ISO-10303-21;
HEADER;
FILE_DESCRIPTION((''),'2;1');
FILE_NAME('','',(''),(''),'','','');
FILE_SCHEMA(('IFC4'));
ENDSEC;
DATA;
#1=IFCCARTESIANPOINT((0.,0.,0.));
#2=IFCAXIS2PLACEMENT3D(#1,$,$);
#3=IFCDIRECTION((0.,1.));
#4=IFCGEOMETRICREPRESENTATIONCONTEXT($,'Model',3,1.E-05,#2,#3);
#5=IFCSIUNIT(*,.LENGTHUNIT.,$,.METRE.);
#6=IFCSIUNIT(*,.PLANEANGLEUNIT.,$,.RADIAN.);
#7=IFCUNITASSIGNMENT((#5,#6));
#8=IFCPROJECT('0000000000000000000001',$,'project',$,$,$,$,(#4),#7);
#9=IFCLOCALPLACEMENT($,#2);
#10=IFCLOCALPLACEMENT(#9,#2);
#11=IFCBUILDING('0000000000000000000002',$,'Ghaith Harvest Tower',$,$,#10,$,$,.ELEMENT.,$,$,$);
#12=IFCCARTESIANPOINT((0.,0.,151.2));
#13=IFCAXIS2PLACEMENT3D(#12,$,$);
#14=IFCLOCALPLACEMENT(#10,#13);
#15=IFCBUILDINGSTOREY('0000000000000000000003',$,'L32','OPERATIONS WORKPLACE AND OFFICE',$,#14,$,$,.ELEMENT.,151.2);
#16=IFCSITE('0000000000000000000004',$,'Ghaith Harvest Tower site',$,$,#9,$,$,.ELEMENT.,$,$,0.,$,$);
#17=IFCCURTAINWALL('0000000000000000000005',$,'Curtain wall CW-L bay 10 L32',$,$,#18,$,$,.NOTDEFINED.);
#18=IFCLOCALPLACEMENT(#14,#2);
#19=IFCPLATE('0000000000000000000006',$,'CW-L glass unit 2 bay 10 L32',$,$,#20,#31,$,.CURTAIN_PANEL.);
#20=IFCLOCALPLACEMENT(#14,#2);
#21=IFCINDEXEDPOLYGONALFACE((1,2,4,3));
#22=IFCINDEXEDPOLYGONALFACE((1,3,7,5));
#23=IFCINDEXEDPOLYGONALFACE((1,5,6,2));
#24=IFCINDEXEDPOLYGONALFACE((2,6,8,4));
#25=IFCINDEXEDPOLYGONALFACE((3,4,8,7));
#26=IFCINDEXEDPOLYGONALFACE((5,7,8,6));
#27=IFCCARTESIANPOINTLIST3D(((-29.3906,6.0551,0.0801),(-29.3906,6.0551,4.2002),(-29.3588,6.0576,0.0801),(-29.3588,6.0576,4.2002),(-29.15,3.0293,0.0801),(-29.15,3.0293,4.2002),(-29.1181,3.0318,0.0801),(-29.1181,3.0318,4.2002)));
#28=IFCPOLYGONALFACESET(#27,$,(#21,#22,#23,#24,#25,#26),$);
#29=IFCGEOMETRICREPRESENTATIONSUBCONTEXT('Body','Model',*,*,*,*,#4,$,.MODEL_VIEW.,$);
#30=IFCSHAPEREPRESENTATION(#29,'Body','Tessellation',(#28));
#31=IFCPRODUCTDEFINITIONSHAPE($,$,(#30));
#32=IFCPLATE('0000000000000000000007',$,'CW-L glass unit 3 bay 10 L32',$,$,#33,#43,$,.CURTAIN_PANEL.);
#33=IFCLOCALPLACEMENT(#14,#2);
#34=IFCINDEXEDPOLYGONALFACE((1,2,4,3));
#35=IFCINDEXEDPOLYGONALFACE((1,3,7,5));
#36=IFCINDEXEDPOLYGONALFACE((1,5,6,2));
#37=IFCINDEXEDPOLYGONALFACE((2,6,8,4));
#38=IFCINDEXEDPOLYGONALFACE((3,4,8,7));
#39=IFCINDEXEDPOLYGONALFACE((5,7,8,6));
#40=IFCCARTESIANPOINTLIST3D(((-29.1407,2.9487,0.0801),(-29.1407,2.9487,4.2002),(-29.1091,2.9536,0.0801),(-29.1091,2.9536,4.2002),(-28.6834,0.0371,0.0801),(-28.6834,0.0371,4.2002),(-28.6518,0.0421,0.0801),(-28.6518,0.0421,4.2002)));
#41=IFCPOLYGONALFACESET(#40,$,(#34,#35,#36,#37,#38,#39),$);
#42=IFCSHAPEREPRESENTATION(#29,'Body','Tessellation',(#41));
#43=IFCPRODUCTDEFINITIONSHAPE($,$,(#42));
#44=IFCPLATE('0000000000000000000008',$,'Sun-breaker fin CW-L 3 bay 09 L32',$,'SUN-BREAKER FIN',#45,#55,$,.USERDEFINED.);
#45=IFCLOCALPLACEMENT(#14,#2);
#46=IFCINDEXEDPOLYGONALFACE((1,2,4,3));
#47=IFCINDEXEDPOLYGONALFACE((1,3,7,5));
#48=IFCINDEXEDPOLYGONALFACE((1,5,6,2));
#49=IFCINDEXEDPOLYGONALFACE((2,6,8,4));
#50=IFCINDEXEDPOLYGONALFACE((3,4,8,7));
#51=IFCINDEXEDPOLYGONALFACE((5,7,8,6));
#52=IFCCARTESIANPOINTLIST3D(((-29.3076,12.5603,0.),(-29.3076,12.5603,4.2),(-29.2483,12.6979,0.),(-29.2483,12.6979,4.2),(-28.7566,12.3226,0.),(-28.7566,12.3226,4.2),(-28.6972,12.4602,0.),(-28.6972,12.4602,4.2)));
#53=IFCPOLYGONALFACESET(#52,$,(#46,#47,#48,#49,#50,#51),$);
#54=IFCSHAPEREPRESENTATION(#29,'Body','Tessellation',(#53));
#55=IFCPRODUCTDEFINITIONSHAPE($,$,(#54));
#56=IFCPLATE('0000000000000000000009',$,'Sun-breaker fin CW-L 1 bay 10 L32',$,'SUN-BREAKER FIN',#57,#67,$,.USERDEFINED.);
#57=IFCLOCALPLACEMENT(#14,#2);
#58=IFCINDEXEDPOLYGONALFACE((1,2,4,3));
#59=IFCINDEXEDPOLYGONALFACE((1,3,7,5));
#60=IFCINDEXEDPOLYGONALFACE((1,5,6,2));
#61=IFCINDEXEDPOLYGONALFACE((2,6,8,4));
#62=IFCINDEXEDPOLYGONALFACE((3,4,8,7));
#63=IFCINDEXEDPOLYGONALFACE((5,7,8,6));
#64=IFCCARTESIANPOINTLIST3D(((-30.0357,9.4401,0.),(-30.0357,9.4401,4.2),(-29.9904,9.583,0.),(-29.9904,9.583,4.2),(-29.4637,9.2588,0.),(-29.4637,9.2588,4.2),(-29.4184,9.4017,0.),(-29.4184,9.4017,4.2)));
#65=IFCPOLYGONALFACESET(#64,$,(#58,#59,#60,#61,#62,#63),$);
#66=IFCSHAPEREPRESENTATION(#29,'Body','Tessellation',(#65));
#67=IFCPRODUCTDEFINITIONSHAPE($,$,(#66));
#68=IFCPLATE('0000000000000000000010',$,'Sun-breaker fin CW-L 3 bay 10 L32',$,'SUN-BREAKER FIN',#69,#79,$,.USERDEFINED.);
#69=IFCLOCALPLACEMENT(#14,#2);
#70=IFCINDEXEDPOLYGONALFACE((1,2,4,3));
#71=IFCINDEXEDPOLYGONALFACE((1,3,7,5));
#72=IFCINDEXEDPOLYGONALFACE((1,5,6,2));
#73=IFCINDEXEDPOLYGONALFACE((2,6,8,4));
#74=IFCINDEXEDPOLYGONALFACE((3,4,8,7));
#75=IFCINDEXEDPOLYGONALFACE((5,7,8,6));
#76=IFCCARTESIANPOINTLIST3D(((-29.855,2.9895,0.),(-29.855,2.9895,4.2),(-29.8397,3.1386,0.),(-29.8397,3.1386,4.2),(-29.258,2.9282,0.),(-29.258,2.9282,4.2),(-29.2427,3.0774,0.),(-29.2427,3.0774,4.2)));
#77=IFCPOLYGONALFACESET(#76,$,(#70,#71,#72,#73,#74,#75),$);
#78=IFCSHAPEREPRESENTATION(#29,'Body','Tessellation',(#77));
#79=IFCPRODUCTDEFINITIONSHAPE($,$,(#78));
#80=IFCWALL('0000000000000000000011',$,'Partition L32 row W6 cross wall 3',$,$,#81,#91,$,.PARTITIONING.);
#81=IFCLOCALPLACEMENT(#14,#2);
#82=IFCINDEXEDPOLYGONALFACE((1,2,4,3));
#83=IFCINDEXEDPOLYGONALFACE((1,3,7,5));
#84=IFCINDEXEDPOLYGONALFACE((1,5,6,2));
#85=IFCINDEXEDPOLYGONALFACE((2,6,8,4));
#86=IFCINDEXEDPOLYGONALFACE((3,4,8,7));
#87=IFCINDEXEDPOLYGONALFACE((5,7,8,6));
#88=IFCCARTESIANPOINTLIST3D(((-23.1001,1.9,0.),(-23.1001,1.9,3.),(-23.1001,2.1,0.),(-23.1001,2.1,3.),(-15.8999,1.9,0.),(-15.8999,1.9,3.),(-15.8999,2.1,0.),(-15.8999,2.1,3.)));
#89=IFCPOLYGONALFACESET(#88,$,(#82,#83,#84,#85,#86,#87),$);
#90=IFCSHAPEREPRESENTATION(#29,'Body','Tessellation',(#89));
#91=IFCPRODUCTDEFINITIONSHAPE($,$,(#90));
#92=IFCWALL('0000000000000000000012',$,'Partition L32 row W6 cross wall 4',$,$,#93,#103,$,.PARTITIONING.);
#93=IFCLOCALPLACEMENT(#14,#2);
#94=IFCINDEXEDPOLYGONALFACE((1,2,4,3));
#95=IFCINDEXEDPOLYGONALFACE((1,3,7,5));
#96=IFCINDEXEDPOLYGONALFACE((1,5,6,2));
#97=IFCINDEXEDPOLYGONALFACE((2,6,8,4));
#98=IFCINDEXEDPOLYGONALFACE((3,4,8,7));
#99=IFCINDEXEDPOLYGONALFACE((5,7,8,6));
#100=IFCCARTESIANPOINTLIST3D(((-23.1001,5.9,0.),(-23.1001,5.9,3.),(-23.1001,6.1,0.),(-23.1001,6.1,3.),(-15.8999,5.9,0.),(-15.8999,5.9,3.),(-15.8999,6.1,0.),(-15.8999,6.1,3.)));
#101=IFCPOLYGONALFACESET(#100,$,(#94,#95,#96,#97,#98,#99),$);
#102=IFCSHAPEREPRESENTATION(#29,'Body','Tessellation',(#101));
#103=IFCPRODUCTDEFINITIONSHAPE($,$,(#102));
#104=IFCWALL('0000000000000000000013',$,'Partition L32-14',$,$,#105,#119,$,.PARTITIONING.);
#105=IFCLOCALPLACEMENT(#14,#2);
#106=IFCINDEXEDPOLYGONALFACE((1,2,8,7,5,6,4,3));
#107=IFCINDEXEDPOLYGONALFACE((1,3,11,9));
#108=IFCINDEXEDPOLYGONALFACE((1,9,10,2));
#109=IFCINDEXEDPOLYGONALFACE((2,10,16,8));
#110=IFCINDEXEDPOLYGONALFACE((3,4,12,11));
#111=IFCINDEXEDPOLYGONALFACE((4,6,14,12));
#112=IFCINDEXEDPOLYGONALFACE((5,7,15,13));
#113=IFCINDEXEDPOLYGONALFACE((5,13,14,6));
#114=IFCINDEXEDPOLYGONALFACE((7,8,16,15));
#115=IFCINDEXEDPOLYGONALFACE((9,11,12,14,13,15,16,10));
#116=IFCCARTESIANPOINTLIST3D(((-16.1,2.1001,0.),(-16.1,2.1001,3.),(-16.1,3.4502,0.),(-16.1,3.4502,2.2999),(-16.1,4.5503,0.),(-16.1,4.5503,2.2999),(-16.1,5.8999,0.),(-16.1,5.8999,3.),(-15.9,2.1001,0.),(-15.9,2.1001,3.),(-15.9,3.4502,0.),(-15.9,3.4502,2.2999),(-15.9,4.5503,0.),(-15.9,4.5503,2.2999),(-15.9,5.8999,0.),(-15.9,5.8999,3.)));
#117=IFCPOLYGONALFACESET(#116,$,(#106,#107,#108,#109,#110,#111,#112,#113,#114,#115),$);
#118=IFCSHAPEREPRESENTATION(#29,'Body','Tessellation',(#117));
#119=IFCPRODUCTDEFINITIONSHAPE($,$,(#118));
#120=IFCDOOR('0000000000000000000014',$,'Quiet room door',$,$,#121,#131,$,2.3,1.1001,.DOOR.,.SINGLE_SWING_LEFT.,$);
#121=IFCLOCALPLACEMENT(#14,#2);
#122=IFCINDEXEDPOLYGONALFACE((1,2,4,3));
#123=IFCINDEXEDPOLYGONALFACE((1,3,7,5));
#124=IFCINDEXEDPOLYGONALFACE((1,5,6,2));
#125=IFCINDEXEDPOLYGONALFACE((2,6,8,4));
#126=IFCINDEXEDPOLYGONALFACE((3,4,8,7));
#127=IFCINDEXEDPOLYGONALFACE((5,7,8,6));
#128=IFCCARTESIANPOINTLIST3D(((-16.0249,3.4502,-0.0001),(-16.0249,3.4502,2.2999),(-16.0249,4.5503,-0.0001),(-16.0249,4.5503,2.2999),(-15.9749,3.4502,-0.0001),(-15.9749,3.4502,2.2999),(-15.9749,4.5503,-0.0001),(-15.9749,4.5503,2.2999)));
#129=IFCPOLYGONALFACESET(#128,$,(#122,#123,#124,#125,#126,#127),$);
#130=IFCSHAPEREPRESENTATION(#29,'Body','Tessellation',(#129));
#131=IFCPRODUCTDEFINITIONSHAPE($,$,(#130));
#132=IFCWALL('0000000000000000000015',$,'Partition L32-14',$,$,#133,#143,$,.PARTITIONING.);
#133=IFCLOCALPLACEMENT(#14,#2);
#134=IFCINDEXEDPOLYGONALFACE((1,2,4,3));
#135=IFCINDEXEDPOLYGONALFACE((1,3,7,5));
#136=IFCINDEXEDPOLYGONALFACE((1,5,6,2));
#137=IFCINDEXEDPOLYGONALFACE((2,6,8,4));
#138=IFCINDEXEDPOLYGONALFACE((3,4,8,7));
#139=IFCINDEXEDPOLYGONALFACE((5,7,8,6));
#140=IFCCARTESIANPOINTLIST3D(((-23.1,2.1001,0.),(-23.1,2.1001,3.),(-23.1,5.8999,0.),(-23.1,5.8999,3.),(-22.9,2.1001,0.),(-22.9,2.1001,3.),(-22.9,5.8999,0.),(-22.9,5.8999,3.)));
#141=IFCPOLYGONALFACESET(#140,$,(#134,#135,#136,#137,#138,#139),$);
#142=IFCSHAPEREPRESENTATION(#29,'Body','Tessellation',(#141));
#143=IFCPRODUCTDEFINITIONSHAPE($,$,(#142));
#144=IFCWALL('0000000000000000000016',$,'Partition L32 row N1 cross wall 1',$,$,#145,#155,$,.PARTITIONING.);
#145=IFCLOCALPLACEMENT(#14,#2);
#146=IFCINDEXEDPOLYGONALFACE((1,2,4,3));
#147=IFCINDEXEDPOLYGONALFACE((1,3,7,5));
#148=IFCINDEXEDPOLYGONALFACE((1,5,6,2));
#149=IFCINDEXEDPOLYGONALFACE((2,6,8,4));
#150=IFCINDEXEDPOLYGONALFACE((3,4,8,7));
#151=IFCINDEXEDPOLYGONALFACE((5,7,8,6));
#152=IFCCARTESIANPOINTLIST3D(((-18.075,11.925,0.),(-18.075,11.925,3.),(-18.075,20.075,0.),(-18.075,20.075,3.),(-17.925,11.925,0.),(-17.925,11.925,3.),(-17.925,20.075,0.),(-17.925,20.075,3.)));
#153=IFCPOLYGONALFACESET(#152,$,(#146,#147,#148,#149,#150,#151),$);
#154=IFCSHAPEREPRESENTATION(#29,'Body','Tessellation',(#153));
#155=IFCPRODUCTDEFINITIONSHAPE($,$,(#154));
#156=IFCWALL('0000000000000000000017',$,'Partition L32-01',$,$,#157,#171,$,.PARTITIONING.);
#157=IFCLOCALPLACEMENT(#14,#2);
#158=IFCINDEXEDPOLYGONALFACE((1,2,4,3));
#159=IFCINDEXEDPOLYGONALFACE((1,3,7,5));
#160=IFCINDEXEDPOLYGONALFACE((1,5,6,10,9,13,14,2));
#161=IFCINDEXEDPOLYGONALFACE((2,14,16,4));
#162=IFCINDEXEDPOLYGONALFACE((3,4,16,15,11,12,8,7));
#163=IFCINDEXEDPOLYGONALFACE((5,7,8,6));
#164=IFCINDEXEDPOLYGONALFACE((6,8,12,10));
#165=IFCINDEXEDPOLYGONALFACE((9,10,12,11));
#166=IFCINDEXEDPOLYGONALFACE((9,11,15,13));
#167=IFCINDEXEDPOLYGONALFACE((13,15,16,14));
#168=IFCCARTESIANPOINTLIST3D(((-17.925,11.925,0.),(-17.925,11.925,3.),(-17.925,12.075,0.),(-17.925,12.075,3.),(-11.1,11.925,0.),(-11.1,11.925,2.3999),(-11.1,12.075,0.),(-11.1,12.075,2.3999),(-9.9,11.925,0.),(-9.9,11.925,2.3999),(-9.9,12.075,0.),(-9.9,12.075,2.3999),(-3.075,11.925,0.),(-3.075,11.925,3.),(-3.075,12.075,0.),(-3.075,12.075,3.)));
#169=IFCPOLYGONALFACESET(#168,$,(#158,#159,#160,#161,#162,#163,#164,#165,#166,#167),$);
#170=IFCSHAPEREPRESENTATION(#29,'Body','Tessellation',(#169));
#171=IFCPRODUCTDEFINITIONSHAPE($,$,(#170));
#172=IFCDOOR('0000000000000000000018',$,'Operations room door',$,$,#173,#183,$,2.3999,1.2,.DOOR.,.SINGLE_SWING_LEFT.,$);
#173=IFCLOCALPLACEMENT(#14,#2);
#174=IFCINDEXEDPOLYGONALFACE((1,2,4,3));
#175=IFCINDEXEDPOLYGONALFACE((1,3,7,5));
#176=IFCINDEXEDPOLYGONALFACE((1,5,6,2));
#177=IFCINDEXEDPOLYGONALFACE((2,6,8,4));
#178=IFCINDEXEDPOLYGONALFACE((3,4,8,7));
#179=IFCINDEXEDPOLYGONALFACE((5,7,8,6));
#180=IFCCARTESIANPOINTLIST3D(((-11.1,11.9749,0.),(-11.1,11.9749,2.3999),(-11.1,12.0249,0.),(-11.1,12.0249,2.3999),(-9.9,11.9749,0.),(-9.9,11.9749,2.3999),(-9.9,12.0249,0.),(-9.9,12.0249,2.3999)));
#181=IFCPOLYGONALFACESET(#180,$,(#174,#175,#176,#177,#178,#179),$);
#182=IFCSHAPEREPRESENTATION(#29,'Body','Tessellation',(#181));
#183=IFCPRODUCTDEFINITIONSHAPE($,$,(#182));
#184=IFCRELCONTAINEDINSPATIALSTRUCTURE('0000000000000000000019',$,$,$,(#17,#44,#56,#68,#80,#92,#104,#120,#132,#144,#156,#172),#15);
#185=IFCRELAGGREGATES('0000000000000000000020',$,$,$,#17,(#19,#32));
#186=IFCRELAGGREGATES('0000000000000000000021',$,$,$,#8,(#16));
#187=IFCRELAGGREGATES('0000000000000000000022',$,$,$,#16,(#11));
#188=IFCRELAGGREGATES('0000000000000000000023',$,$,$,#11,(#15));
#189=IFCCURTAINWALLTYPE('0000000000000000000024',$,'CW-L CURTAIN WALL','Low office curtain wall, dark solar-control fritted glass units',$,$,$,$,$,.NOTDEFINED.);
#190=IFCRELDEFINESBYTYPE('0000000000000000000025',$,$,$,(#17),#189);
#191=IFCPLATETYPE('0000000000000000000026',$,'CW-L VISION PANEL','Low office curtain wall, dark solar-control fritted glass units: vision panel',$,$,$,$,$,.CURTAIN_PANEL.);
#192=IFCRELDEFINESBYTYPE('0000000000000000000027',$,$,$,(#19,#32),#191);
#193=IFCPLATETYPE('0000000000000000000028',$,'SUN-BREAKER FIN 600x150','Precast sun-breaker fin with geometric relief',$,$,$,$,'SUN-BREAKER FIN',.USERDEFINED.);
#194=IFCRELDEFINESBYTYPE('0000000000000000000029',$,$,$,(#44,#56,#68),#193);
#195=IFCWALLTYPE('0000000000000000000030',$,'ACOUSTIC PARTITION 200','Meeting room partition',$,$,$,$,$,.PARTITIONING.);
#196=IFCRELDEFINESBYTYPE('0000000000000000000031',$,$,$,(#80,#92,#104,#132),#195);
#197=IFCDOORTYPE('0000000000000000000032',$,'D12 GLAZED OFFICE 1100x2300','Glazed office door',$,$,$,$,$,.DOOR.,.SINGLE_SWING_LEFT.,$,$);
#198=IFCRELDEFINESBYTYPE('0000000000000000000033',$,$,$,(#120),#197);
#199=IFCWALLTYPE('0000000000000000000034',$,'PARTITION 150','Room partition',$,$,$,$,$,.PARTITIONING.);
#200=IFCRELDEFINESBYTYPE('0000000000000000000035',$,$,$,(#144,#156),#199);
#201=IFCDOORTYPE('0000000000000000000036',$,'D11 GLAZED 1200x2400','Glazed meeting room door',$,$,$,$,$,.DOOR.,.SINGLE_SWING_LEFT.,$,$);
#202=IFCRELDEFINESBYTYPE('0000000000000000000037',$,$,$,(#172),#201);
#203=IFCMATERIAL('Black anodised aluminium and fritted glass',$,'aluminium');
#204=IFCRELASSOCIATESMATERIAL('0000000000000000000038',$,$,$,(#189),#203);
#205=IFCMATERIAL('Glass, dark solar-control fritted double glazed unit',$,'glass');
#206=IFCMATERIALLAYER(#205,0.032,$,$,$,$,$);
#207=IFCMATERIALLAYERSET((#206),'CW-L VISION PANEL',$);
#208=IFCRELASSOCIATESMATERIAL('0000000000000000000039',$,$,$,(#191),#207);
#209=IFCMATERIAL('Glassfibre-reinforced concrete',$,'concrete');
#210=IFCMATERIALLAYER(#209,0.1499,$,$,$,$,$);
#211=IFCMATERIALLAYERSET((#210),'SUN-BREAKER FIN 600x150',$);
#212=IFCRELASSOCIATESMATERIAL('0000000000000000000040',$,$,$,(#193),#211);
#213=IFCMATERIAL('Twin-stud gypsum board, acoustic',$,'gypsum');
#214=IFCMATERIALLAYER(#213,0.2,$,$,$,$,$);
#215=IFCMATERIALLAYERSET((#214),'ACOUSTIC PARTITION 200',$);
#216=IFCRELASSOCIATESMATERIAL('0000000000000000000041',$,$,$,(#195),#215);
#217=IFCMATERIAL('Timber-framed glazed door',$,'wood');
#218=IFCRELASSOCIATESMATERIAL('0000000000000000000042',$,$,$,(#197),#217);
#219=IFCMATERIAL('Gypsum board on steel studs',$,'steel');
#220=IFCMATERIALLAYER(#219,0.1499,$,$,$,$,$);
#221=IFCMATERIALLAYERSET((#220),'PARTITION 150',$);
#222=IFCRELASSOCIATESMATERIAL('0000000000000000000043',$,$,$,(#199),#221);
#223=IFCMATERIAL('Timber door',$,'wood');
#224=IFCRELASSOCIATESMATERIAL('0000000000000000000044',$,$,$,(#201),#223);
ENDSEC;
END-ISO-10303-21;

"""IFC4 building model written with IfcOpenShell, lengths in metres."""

from ifc_helpers import new_model, si_unit, direction, frame, frame_2d, origin, origin_2d, place, context, subcontext, project, spatial, rectangle, extrude, material, layer, layer_set, type_object, element, fill, aggregate, save


model = new_model("IFC4")

# Units and contexts
model_context = context("Model", 3, precision=1e-05, world=origin(), true_north=direction((0.0, 1.0)))
body_context = subcontext(model_context, "Body", "Model", "MODEL_VIEW")
ifc_project = project(units=[si_unit("LENGTHUNIT", "METRE"), si_unit("PLANEANGLEUNIT", "RADIAN")], contexts=[model_context])

# Site, building, storey
site_placement = place(None, origin())
site = spatial("IfcSite", under=ifc_project, at=site_placement, Name="Ghaith Harvest Tower site", CompositionType="ELEMENT", RefElevation=0.0)
building_placement = place(site_placement, origin())
building = spatial("IfcBuilding", under=site, at=building_placement, Name="Ghaith Harvest Tower", CompositionType="ELEMENT")
storey_placement = place(building_placement, frame((0.0, 0.0, 151.2)))
storey = spatial("IfcBuildingStorey", under=building, at=storey_placement, Name="L32", Description="OPERATIONS WORKPLACE AND OFFICE", CompositionType="ELEMENT", Elevation=151.2)

# Shared definitions
ifc_material_1 = material(Name="Black anodised aluminium and fritted glass", Category="aluminium")
curtain_wall_type = type_object("IfcCurtainWallType", Name="CW-L CURTAIN WALL", Description="Low office curtain wall, dark solar-control fritted glass units", PredefinedType="NOTDEFINED", material=ifc_material_1)

# Curtain wall
curtain_wall_1_placement = place(storey_placement, origin())
curtain_wall_1 = element("IfcCurtainWall", 1, at=curtain_wall_1_placement, inside=storey, type_object=curtain_wall_type, Name="Curtain wall CW-L bay 10 L32", PredefinedType="NOTDEFINED")

# Plates
ifc_material_2 = material(Name="Glass, dark solar-control fritted double glazed unit", Category="glass")
ifc_layer_1 = layer(ifc_material_2, 0.032)
ifc_layer_set_1 = layer_set([ifc_layer_1], Name="CW-L VISION PANEL")
plate_type_1 = type_object("IfcPlateType", Name="CW-L VISION PANEL", Description="Low office curtain wall, dark solar-control fritted glass units: vision panel", PredefinedType="CURTAIN_PANEL", material=ifc_layer_set_1)
plate_1_placement = place(storey_placement, frame((-29.2544, 4.5435, 0.0801), z_axis=(0.0, 0.0, 1.0), x_axis=(0.079273, -0.996853, 0.0)))
plate_1 = element("IfcPlate", 2, at=plate_1_placement, type_object=plate_type_1, Name="CW-L glass unit 2 bay 10 L32", PredefinedType="CURTAIN_PANEL", context=body_context, shape_type="SweptSolid", body=[
    extrude(rectangle(XDim=3.0354, YDim=0.032, at=origin_2d()), origin(), (0.0, 0.0, 1.0), 4.1201),
])
plate_2_placement = place(storey_placement, frame((-28.8962, 1.4954, 0.0801), z_axis=(0.0, 0.0, 1.0), x_axis=(0.155172, -0.987887, 0.0)))
plate_2 = element("IfcPlate", 3, at=plate_2_placement, type_object=plate_type_1, Name="CW-L glass unit 3 bay 10 L32", PredefinedType="CURTAIN_PANEL", context=body_context, shape_type="SweptSolid", body=[
    extrude(rectangle(XDim=2.9473, YDim=0.032, at=origin_2d()), origin(), (0.0, 0.0, 1.0), 4.1201),
])
aggregate(curtain_wall_1, [plate_1, plate_2])

# Plates
ifc_material_3 = material(Name="Glassfibre-reinforced concrete", Category="concrete")
ifc_layer_2 = layer(ifc_material_3, 0.1499)
ifc_layer_set_2 = layer_set([ifc_layer_2], Name="SUN-BREAKER FIN 600x150")
plate_type_2 = type_object("IfcPlateType", Name="SUN-BREAKER FIN 600x150", Description="Precast sun-breaker fin with geometric relief", ElementType="SUN-BREAKER FIN", PredefinedType="USERDEFINED", material=ifc_layer_set_2)
for number, where, z_axis, x_axis, name in (
    (4, (-29.0024, 12.5103, 0.0), (0.0, 0.0, 1.0), (-0.918218, 0.396075, 0.0), "Sun-breaker fin CW-L 3 bay 09 L32"),
    (5, (-29.7271, 9.4209, 0.0), (0.0, 0.0, 1.0), (-0.953273, 0.30211, 0.0), "Sun-breaker fin CW-L 1 bay 10 L32"),
    (6, (-29.5488, 3.0334, 0.0), (0.0, 0.0, 1.0), (-0.994772, 0.102123, 0.0), "Sun-breaker fin CW-L 3 bay 10 L32"),
):
    element("IfcPlate", number, at=place(storey_placement, frame(where, z_axis=z_axis, x_axis=x_axis)), inside=storey, type_object=plate_type_2, Name=name, ObjectType="SUN-BREAKER FIN", PredefinedType="USERDEFINED", context=body_context, shape_type="SweptSolid", body=[
        extrude(rectangle(XDim=0.6001, YDim=0.1499, at=origin_2d()), origin(), (0.0, 0.0, 1.0), 4.2),
    ])

# Walls
ifc_material_4 = material(Name="Twin-stud gypsum board, acoustic", Category="gypsum")
ifc_layer_3 = layer(ifc_material_4, 0.2)
ifc_layer_set_3 = layer_set([ifc_layer_3], Name="ACOUSTIC PARTITION 200")
wall_type_1 = type_object("IfcWallType", Name="ACOUSTIC PARTITION 200", Description="Meeting room partition", PredefinedType="PARTITIONING", material=ifc_layer_set_3)
for number, where, z_axis, x_axis, name in (
    (7, (-15.8999, 2.0, 0.0), (0.0, 0.0, 1.0), (-1.0, 0.0, 0.0), "Partition L32 row W6 cross wall 3"),
    (8, (-15.8999, 6.0, 0.0), (0.0, 0.0, 1.0), (-1.0, 0.0, 0.0), "Partition L32 row W6 cross wall 4"),
):
    element("IfcWall", number, at=place(storey_placement, frame(where, z_axis=z_axis, x_axis=x_axis)), inside=storey, type_object=wall_type_1, Name=name, PredefinedType="PARTITIONING", context=body_context, shape_type="SweptSolid", body=[
        extrude(rectangle(XDim=7.2002, YDim=0.2, at=frame_2d((3.6001, 0.0))), origin(), (0.0, 0.0, 1.0), 3.0),
    ])

# Wall, opening, door
wall_1_placement = place(storey_placement, frame((-16.0, 2.1001, 0.0), z_axis=(0.0, 0.0, 1.0), x_axis=(0.0, 1.0, 0.0)))
wall_1 = element("IfcWall", 9, at=wall_1_placement, inside=storey, type_object=wall_type_1, Name="Partition L32-14", PredefinedType="PARTITIONING", context=body_context, shape_type="SweptSolid", body=[
    extrude(rectangle(XDim=3.7998, YDim=0.2, at=frame_2d((1.8999, 0.0))), origin(), (0.0, 0.0, 1.0), 3.0),
])
opening_1_placement = place(wall_1_placement, frame((1.3501, 0.0, 0.0)))
opening_1 = element("IfcOpeningElement", 10, at=opening_1_placement, cuts=wall_1, PredefinedType="OPENING", context=body_context, shape_type="SweptSolid", body=[
    extrude(rectangle(XDim=1.1001, YDim=2.3, at=frame_2d((0.55, 1.1499))), frame((0.0, 0.1099, 0.0), z_axis=(0.0, -1.0, 0.0), x_axis=(1.0, 0.0, 0.0)), (0.0, 0.0, 1.0), 0.22),
])
ifc_material_5 = material(Name="Timber-framed glazed door", Category="wood")
door_type_1 = type_object("IfcDoorType", Name="D12 GLAZED OFFICE 1100x2300", Description="Glazed office door", OperationType="SINGLE_SWING_LEFT", PredefinedType="DOOR", material=ifc_material_5)
door_1_placement = place(opening_1_placement, origin())
door_1 = element("IfcDoor", 11, at=door_1_placement, inside=storey, type_object=door_type_1, Name="Quiet room door", OperationType="SINGLE_SWING_LEFT", OverallHeight=2.3, OverallWidth=1.1001, PredefinedType="DOOR", context=body_context, shape_type="SweptSolid", body=[
    extrude(rectangle(XDim=1.1001, YDim=2.3, at=frame_2d((0.55, 1.1499))), frame((0.0, 0.0249, 0.0), z_axis=(0.0, -1.0, 0.0), x_axis=(1.0, 0.0, 0.0)), (0.0, 0.0, 1.0), 0.05),
])
fill(opening_1, door_1)

# Walls
wall_2_placement = place(storey_placement, frame((-23.0, 2.1001, 0.0), z_axis=(0.0, 0.0, 1.0), x_axis=(0.0, 1.0, 0.0)))
element("IfcWall", 12, at=wall_2_placement, inside=storey, type_object=wall_type_1, Name="Partition L32-14", PredefinedType="PARTITIONING", context=body_context, shape_type="SweptSolid", body=[
    extrude(rectangle(XDim=3.7998, YDim=0.2, at=frame_2d((1.8999, 0.0))), origin(), (0.0, 0.0, 1.0), 3.0),
])
ifc_material_6 = material(Name="Gypsum board on steel studs", Category="steel")
ifc_layer_4 = layer(ifc_material_6, 0.1499)
ifc_layer_set_4 = layer_set([ifc_layer_4], Name="PARTITION 150")
wall_type_2 = type_object("IfcWallType", Name="PARTITION 150", Description="Room partition", PredefinedType="PARTITIONING", material=ifc_layer_set_4)
wall_3_placement = place(storey_placement, frame((-18.0, 11.925, 0.0), z_axis=(0.0, 0.0, 1.0), x_axis=(0.0, 1.0, 0.0)))
element("IfcWall", 13, at=wall_3_placement, inside=storey, type_object=wall_type_2, Name="Partition L32 row N1 cross wall 1", PredefinedType="PARTITIONING", context=body_context, shape_type="SweptSolid", body=[
    extrude(rectangle(XDim=8.1499, YDim=0.1499, at=frame_2d((4.075, 0.0))), origin(), (0.0, 0.0, 1.0), 3.0),
])

# Wall, opening, door
wall_4_placement = place(storey_placement, frame((-17.925, 12.0, 0.0), z_axis=(0.0, 0.0, 1.0), x_axis=(1.0, 0.0, 0.0)))
wall_4 = element("IfcWall", 14, at=wall_4_placement, inside=storey, type_object=wall_type_2, Name="Partition L32-01", PredefinedType="PARTITIONING", context=body_context, shape_type="SweptSolid", body=[
    extrude(rectangle(XDim=14.8501, YDim=0.1499, at=frame_2d((7.425, 0.0))), origin(), (0.0, 0.0, 1.0), 3.0),
])
opening_2_placement = place(wall_4_placement, frame((6.825, 0.0, 0.0)))
opening_2 = element("IfcOpeningElement", 15, at=opening_2_placement, cuts=wall_4, PredefinedType="OPENING", context=body_context, shape_type="SweptSolid", body=[
    extrude(rectangle(XDim=1.2, YDim=2.3999, at=frame_2d((0.6001, 1.2))), frame((0.0, 0.085, 0.0), z_axis=(0.0, -1.0, 0.0), x_axis=(1.0, 0.0, 0.0)), (0.0, 0.0, 1.0), 0.1699),
])
ifc_material_7 = material(Name="Timber door", Category="wood")
door_type_2 = type_object("IfcDoorType", Name="D11 GLAZED 1200x2400", Description="Glazed meeting room door", OperationType="SINGLE_SWING_LEFT", PredefinedType="DOOR", material=ifc_material_7)
door_2_placement = place(opening_2_placement, origin())
door_2 = element("IfcDoor", 16, at=door_2_placement, inside=storey, type_object=door_type_2, Name="Operations room door", OperationType="SINGLE_SWING_LEFT", OverallHeight=2.3999, OverallWidth=1.2, PredefinedType="DOOR", context=body_context, shape_type="SweptSolid", body=[
    extrude(rectangle(XDim=1.2, YDim=2.3999, at=frame_2d((0.6001, 1.2))), frame((0.0, 0.0249, 0.0), z_axis=(0.0, -1.0, 0.0), x_axis=(1.0, 0.0, 0.0)), (0.0, 0.0, 1.0), 0.05),
])
fill(opening_2, door_2)

save(model, "model.ifc")
